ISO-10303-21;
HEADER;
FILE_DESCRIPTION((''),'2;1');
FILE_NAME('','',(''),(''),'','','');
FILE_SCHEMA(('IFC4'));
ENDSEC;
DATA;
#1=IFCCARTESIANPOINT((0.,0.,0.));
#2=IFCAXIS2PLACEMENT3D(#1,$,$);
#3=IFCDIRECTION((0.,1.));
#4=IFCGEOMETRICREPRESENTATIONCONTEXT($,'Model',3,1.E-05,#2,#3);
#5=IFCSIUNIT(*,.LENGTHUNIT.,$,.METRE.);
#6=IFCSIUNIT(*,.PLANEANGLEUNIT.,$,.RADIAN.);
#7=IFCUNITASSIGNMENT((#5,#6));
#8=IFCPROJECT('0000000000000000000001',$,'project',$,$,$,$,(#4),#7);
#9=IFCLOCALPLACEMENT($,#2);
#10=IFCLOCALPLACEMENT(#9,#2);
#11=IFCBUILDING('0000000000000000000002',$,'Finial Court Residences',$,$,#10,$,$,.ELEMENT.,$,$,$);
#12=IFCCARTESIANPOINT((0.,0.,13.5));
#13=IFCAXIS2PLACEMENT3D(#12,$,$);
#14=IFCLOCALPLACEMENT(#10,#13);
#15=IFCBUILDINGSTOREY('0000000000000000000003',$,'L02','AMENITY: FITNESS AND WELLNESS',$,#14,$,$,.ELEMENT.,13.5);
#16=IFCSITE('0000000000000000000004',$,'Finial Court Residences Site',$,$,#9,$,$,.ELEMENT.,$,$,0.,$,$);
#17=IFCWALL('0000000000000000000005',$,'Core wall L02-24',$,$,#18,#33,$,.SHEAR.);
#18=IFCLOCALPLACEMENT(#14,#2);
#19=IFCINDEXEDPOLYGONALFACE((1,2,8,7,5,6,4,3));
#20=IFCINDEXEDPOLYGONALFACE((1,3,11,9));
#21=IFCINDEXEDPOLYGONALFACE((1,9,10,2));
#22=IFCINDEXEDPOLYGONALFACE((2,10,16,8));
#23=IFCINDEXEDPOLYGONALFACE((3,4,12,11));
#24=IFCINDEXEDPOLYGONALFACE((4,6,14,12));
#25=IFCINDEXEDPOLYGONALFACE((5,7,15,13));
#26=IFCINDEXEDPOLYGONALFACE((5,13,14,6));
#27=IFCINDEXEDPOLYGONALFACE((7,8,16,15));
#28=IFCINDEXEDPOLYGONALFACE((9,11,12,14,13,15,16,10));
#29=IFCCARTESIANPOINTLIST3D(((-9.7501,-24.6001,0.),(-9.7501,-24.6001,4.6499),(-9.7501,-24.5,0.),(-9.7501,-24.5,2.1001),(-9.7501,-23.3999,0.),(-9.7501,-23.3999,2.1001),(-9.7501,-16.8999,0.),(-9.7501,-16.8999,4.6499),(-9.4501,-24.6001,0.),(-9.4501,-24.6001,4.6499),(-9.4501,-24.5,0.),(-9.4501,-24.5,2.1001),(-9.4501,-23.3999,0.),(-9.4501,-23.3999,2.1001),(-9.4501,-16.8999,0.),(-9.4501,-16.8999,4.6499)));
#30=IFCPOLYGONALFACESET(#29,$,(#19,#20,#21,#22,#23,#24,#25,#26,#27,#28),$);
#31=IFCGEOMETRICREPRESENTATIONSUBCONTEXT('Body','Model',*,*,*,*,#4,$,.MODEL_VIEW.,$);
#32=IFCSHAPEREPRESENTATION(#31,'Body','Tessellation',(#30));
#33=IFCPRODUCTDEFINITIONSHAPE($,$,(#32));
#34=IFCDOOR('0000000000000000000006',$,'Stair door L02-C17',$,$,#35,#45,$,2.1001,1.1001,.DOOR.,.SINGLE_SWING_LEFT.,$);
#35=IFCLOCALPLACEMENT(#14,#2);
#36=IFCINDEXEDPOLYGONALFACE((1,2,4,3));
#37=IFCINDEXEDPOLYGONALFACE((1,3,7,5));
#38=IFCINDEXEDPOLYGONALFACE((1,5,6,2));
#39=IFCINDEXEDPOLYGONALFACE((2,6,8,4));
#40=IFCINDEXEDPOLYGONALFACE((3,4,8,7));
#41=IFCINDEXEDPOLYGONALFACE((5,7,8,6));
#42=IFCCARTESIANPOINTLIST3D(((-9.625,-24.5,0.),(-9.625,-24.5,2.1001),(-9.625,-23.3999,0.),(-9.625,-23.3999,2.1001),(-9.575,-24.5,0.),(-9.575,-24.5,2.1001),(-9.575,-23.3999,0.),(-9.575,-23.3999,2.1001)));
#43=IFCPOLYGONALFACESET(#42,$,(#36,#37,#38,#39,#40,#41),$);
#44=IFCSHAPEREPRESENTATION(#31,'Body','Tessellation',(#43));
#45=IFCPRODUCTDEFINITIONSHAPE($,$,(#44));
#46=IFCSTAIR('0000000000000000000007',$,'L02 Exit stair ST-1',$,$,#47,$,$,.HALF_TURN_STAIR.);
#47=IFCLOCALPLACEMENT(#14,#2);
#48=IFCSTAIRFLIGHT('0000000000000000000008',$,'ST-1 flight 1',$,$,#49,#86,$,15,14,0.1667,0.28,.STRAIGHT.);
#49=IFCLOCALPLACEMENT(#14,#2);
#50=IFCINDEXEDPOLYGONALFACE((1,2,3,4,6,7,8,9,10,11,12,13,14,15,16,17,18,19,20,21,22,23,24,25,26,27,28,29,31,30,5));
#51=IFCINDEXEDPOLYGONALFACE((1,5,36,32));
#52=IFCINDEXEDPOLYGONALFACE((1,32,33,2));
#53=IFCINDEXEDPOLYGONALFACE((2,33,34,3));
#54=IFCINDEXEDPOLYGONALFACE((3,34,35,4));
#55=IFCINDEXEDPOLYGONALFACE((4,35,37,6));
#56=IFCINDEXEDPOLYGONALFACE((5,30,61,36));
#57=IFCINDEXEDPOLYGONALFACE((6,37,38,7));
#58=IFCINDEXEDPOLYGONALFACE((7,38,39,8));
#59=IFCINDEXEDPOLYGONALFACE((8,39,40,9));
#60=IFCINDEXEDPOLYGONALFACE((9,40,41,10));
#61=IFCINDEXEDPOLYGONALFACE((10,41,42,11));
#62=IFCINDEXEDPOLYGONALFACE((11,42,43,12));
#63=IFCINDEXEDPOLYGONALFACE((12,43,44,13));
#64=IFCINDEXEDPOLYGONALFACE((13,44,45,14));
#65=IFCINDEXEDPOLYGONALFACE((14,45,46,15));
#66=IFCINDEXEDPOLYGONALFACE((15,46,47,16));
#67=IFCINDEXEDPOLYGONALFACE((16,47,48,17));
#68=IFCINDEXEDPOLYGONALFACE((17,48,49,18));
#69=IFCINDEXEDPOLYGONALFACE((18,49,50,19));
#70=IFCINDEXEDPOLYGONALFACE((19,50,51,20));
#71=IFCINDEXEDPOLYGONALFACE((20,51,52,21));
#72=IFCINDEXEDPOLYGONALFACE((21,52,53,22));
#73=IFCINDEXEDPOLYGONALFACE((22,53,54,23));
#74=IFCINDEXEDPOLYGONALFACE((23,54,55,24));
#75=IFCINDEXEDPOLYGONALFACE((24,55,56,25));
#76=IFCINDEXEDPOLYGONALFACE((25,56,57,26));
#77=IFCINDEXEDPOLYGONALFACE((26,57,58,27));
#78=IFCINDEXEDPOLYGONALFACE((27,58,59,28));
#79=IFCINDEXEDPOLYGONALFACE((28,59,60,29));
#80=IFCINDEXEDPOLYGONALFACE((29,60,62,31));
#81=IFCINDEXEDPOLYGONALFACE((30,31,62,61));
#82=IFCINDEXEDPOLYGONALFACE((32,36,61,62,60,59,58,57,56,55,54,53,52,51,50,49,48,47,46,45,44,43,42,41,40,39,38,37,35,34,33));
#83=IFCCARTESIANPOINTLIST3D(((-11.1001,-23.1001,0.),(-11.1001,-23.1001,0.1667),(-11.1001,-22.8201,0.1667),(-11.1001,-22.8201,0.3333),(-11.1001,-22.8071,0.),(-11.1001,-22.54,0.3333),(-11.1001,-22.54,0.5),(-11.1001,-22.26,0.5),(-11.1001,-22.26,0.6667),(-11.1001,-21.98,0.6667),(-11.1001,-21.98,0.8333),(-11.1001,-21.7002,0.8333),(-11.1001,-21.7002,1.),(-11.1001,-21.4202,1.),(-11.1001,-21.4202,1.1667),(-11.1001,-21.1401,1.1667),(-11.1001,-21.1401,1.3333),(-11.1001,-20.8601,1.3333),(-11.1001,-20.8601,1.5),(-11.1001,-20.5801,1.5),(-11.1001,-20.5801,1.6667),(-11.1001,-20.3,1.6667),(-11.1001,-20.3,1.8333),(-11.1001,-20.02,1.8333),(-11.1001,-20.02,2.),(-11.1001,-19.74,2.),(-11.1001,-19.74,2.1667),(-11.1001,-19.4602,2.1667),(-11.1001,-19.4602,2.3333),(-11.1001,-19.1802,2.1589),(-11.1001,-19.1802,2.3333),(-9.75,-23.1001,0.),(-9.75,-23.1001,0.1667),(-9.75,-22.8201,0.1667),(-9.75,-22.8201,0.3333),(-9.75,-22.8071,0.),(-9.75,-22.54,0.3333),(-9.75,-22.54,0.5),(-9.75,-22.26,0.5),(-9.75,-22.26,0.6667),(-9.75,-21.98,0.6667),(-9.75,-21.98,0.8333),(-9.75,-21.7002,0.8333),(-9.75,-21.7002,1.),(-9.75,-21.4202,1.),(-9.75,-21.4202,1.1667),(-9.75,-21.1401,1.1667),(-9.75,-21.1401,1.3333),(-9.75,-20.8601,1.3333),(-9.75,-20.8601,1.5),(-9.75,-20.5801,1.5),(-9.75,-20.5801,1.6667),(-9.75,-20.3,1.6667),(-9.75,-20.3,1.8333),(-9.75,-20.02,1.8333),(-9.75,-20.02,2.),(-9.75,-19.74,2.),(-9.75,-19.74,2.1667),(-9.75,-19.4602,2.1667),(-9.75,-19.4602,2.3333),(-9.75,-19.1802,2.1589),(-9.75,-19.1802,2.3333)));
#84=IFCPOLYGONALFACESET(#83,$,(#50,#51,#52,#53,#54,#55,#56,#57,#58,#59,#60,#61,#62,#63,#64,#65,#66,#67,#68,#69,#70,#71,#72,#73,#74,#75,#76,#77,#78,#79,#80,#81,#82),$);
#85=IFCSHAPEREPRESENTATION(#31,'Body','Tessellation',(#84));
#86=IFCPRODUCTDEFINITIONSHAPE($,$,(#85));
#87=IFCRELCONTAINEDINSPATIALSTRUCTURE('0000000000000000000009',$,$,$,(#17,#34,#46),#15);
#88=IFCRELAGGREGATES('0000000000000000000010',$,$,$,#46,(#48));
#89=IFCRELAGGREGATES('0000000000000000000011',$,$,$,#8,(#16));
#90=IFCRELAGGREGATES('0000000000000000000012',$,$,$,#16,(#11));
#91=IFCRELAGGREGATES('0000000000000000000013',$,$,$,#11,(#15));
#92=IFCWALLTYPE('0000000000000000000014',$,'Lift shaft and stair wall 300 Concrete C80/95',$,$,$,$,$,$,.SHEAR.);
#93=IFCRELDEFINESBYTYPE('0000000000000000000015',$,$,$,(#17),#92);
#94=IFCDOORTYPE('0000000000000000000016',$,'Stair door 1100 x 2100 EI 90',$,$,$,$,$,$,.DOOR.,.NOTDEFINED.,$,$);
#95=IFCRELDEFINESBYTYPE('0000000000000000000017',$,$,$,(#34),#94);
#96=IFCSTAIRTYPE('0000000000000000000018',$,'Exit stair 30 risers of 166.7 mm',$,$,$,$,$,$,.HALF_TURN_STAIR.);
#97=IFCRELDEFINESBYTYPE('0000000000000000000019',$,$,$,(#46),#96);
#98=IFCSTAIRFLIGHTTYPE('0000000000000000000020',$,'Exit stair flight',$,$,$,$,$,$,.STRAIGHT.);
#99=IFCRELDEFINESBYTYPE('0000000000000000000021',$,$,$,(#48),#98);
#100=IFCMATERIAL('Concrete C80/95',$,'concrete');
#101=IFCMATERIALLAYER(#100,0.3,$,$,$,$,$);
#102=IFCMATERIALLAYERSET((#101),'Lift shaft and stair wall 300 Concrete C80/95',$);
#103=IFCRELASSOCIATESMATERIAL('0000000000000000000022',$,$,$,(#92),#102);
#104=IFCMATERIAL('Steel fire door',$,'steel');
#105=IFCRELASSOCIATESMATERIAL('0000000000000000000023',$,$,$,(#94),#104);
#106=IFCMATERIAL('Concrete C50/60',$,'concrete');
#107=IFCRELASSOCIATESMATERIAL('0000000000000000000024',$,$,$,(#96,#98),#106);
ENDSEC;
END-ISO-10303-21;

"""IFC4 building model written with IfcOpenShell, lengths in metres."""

from ifc_helpers import new_model, si_unit, direction, frame, frame_2d, origin, place, context, subcontext, project, spatial, polyline, rectangle, outline, extrude, material, layer, layer_set, type_object, element, fill, aggregate, save


model = new_model("IFC4")

# Units and contexts
model_context = context("Model", 3, precision=1e-05, world=origin(), true_north=direction((0.0, 1.0)))
body_context = subcontext(model_context, "Body", "Model", "MODEL_VIEW")
ifc_project = project(units=[si_unit("LENGTHUNIT", "METRE"), si_unit("PLANEANGLEUNIT", "RADIAN")], contexts=[model_context])

# Site, building, storey
site_placement = place(None, origin())
site = spatial("IfcSite", under=ifc_project, at=site_placement, Name="Finial Court Residences Site", CompositionType="ELEMENT", RefElevation=0.0)
building_placement = place(site_placement, origin())
building = spatial("IfcBuilding", under=site, at=building_placement, Name="Finial Court Residences", CompositionType="ELEMENT")
storey_placement = place(building_placement, frame((0.0, 0.0, 13.5)))
storey = spatial("IfcBuildingStorey", under=building, at=storey_placement, Name="L02", Description="AMENITY: FITNESS AND WELLNESS", CompositionType="ELEMENT", Elevation=13.5)

# Shared definitions
ifc_material_1 = material(Name="Concrete C80/95", Category="concrete")
ifc_material_2 = material(Name="Concrete C50/60", Category="concrete")

# Shared definitions
ifc_layer_1 = layer(ifc_material_1, 0.3)
ifc_layer_set_1 = layer_set([ifc_layer_1], Name="Lift shaft and stair wall 300 Concrete C80/95")
wall_type_1 = type_object("IfcWallType", Name="Lift shaft and stair wall 300 Concrete C80/95", PredefinedType="SHEAR", material=ifc_layer_set_1)

# Wall, opening, door
wall_1_placement = place(storey_placement, frame((-9.6001, -24.6001, 0.0), z_axis=(0.0, 0.0, 1.0), x_axis=(0.0, 1.0, 0.0)))
wall_1 = element("IfcWall", 1, at=wall_1_placement, inside=storey, type_object=wall_type_1, Name="Core wall L02-24", PredefinedType="SHEAR", context=body_context, shape_type="SweptSolid", body=[
    extrude(rectangle(XDim=7.7002, YDim=0.3, at=frame_2d((3.8501, 0.0))), origin(), (0.0, 0.0, 1.0), 4.6499),
])
opening_placement = place(wall_1_placement, frame((0.1001, 0.0, 0.0)))
opening = element("IfcOpeningElement", 2, at=opening_placement, cuts=wall_1, PredefinedType="OPENING", context=body_context, shape_type="SweptSolid", body=[
    extrude(rectangle(XDim=1.1001, YDim=2.1001, at=frame_2d((0.55, 1.05))), frame((0.0, 0.1599, 0.0), z_axis=(0.0, -1.0, 0.0), x_axis=(1.0, 0.0, 0.0)), (0.0, 0.0, 1.0), 0.3201),
])
ifc_material_3 = material(Name="Steel fire door", Category="steel")
door_type = type_object("IfcDoorType", Name="Stair door 1100 x 2100 EI 90", OperationType="NOTDEFINED", PredefinedType="DOOR", material=ifc_material_3)
door_placement = place(opening_placement, origin())
door = element("IfcDoor", 3, at=door_placement, inside=storey, type_object=door_type, Name="Stair door L02-C17", OperationType="SINGLE_SWING_LEFT", OverallHeight=2.1001, OverallWidth=1.1001, PredefinedType="DOOR", context=body_context, shape_type="SweptSolid", body=[
    extrude(rectangle(XDim=1.1001, YDim=2.1001, at=frame_2d((0.55, 1.05))), frame((0.0, 0.0249, 0.0), z_axis=(0.0, -1.0, 0.0), x_axis=(1.0, 0.0, 0.0)), (0.0, 0.0, 1.0), 0.05),
])
fill(opening, door)

# Stair, stair flight
stair_type = type_object("IfcStairType", Name="Exit stair 30 risers of 166.7 mm", PredefinedType="HALF_TURN_STAIR", material=ifc_material_2)
stair_placement = place(storey_placement, origin())
stair = element("IfcStair", 4, at=stair_placement, inside=storey, type_object=stair_type, Name="L02 Exit stair ST-1", PredefinedType="HALF_TURN_STAIR")
stair_flight_type = type_object("IfcStairFlightType", Name="Exit stair flight", PredefinedType="STRAIGHT", material=ifc_material_2)
stair_flight_placement = place(storey_placement, frame((-10.425, -23.1001, 0.0), z_axis=(0.0, 0.0, 1.0), x_axis=(0.0, 1.0, 0.0)))
stair_flight = element("IfcStairFlight", 5, at=stair_flight_placement, type_object=stair_flight_type, Name="ST-1 flight 1", NumberOfRisers=15, NumberOfTreads=14, PredefinedType="STRAIGHT", RiserHeight=0.1667, TreadLength=0.28, context=body_context, shape_type="SweptSolid", body=[
    extrude(outline(polyline([(0.0, 0.0), (0.0, 0.1667), (0.28, 0.1667), (0.28, 0.3333), (0.5601, 0.3333), (0.5601, 0.5), (0.8401, 0.5), (0.8401, 0.6667), (1.1201, 0.6667), (1.1201, 0.8333), (1.3999, 0.8333), (1.3999, 1.0), (1.6799, 1.0), (1.6799, 1.1667), (1.96, 1.1667), (1.96, 1.3333), (2.24, 1.3333), (2.24, 1.5), (2.52, 1.5), (2.52, 1.6667), (2.8, 1.6667), (2.8, 1.8333), (3.0801, 1.8333), (3.0801, 2.0), (3.3601, 2.0), (3.3601, 2.1667), (3.6399, 2.1667), (3.6399, 2.3333), (3.9199, 2.3333), (3.9199, 2.5), (3.9199, 2.1589), (0.293, 0.0), (0.0, 0.0)])), frame((0.0, 0.675, 0.0), z_axis=(0.0, -1.0, 0.0), x_axis=(1.0, 0.0, 0.0)), (0.0, 0.0, 1.0), 1.3501),
])
aggregate(stair, [stair_flight])

save(model, "model.ifc")
